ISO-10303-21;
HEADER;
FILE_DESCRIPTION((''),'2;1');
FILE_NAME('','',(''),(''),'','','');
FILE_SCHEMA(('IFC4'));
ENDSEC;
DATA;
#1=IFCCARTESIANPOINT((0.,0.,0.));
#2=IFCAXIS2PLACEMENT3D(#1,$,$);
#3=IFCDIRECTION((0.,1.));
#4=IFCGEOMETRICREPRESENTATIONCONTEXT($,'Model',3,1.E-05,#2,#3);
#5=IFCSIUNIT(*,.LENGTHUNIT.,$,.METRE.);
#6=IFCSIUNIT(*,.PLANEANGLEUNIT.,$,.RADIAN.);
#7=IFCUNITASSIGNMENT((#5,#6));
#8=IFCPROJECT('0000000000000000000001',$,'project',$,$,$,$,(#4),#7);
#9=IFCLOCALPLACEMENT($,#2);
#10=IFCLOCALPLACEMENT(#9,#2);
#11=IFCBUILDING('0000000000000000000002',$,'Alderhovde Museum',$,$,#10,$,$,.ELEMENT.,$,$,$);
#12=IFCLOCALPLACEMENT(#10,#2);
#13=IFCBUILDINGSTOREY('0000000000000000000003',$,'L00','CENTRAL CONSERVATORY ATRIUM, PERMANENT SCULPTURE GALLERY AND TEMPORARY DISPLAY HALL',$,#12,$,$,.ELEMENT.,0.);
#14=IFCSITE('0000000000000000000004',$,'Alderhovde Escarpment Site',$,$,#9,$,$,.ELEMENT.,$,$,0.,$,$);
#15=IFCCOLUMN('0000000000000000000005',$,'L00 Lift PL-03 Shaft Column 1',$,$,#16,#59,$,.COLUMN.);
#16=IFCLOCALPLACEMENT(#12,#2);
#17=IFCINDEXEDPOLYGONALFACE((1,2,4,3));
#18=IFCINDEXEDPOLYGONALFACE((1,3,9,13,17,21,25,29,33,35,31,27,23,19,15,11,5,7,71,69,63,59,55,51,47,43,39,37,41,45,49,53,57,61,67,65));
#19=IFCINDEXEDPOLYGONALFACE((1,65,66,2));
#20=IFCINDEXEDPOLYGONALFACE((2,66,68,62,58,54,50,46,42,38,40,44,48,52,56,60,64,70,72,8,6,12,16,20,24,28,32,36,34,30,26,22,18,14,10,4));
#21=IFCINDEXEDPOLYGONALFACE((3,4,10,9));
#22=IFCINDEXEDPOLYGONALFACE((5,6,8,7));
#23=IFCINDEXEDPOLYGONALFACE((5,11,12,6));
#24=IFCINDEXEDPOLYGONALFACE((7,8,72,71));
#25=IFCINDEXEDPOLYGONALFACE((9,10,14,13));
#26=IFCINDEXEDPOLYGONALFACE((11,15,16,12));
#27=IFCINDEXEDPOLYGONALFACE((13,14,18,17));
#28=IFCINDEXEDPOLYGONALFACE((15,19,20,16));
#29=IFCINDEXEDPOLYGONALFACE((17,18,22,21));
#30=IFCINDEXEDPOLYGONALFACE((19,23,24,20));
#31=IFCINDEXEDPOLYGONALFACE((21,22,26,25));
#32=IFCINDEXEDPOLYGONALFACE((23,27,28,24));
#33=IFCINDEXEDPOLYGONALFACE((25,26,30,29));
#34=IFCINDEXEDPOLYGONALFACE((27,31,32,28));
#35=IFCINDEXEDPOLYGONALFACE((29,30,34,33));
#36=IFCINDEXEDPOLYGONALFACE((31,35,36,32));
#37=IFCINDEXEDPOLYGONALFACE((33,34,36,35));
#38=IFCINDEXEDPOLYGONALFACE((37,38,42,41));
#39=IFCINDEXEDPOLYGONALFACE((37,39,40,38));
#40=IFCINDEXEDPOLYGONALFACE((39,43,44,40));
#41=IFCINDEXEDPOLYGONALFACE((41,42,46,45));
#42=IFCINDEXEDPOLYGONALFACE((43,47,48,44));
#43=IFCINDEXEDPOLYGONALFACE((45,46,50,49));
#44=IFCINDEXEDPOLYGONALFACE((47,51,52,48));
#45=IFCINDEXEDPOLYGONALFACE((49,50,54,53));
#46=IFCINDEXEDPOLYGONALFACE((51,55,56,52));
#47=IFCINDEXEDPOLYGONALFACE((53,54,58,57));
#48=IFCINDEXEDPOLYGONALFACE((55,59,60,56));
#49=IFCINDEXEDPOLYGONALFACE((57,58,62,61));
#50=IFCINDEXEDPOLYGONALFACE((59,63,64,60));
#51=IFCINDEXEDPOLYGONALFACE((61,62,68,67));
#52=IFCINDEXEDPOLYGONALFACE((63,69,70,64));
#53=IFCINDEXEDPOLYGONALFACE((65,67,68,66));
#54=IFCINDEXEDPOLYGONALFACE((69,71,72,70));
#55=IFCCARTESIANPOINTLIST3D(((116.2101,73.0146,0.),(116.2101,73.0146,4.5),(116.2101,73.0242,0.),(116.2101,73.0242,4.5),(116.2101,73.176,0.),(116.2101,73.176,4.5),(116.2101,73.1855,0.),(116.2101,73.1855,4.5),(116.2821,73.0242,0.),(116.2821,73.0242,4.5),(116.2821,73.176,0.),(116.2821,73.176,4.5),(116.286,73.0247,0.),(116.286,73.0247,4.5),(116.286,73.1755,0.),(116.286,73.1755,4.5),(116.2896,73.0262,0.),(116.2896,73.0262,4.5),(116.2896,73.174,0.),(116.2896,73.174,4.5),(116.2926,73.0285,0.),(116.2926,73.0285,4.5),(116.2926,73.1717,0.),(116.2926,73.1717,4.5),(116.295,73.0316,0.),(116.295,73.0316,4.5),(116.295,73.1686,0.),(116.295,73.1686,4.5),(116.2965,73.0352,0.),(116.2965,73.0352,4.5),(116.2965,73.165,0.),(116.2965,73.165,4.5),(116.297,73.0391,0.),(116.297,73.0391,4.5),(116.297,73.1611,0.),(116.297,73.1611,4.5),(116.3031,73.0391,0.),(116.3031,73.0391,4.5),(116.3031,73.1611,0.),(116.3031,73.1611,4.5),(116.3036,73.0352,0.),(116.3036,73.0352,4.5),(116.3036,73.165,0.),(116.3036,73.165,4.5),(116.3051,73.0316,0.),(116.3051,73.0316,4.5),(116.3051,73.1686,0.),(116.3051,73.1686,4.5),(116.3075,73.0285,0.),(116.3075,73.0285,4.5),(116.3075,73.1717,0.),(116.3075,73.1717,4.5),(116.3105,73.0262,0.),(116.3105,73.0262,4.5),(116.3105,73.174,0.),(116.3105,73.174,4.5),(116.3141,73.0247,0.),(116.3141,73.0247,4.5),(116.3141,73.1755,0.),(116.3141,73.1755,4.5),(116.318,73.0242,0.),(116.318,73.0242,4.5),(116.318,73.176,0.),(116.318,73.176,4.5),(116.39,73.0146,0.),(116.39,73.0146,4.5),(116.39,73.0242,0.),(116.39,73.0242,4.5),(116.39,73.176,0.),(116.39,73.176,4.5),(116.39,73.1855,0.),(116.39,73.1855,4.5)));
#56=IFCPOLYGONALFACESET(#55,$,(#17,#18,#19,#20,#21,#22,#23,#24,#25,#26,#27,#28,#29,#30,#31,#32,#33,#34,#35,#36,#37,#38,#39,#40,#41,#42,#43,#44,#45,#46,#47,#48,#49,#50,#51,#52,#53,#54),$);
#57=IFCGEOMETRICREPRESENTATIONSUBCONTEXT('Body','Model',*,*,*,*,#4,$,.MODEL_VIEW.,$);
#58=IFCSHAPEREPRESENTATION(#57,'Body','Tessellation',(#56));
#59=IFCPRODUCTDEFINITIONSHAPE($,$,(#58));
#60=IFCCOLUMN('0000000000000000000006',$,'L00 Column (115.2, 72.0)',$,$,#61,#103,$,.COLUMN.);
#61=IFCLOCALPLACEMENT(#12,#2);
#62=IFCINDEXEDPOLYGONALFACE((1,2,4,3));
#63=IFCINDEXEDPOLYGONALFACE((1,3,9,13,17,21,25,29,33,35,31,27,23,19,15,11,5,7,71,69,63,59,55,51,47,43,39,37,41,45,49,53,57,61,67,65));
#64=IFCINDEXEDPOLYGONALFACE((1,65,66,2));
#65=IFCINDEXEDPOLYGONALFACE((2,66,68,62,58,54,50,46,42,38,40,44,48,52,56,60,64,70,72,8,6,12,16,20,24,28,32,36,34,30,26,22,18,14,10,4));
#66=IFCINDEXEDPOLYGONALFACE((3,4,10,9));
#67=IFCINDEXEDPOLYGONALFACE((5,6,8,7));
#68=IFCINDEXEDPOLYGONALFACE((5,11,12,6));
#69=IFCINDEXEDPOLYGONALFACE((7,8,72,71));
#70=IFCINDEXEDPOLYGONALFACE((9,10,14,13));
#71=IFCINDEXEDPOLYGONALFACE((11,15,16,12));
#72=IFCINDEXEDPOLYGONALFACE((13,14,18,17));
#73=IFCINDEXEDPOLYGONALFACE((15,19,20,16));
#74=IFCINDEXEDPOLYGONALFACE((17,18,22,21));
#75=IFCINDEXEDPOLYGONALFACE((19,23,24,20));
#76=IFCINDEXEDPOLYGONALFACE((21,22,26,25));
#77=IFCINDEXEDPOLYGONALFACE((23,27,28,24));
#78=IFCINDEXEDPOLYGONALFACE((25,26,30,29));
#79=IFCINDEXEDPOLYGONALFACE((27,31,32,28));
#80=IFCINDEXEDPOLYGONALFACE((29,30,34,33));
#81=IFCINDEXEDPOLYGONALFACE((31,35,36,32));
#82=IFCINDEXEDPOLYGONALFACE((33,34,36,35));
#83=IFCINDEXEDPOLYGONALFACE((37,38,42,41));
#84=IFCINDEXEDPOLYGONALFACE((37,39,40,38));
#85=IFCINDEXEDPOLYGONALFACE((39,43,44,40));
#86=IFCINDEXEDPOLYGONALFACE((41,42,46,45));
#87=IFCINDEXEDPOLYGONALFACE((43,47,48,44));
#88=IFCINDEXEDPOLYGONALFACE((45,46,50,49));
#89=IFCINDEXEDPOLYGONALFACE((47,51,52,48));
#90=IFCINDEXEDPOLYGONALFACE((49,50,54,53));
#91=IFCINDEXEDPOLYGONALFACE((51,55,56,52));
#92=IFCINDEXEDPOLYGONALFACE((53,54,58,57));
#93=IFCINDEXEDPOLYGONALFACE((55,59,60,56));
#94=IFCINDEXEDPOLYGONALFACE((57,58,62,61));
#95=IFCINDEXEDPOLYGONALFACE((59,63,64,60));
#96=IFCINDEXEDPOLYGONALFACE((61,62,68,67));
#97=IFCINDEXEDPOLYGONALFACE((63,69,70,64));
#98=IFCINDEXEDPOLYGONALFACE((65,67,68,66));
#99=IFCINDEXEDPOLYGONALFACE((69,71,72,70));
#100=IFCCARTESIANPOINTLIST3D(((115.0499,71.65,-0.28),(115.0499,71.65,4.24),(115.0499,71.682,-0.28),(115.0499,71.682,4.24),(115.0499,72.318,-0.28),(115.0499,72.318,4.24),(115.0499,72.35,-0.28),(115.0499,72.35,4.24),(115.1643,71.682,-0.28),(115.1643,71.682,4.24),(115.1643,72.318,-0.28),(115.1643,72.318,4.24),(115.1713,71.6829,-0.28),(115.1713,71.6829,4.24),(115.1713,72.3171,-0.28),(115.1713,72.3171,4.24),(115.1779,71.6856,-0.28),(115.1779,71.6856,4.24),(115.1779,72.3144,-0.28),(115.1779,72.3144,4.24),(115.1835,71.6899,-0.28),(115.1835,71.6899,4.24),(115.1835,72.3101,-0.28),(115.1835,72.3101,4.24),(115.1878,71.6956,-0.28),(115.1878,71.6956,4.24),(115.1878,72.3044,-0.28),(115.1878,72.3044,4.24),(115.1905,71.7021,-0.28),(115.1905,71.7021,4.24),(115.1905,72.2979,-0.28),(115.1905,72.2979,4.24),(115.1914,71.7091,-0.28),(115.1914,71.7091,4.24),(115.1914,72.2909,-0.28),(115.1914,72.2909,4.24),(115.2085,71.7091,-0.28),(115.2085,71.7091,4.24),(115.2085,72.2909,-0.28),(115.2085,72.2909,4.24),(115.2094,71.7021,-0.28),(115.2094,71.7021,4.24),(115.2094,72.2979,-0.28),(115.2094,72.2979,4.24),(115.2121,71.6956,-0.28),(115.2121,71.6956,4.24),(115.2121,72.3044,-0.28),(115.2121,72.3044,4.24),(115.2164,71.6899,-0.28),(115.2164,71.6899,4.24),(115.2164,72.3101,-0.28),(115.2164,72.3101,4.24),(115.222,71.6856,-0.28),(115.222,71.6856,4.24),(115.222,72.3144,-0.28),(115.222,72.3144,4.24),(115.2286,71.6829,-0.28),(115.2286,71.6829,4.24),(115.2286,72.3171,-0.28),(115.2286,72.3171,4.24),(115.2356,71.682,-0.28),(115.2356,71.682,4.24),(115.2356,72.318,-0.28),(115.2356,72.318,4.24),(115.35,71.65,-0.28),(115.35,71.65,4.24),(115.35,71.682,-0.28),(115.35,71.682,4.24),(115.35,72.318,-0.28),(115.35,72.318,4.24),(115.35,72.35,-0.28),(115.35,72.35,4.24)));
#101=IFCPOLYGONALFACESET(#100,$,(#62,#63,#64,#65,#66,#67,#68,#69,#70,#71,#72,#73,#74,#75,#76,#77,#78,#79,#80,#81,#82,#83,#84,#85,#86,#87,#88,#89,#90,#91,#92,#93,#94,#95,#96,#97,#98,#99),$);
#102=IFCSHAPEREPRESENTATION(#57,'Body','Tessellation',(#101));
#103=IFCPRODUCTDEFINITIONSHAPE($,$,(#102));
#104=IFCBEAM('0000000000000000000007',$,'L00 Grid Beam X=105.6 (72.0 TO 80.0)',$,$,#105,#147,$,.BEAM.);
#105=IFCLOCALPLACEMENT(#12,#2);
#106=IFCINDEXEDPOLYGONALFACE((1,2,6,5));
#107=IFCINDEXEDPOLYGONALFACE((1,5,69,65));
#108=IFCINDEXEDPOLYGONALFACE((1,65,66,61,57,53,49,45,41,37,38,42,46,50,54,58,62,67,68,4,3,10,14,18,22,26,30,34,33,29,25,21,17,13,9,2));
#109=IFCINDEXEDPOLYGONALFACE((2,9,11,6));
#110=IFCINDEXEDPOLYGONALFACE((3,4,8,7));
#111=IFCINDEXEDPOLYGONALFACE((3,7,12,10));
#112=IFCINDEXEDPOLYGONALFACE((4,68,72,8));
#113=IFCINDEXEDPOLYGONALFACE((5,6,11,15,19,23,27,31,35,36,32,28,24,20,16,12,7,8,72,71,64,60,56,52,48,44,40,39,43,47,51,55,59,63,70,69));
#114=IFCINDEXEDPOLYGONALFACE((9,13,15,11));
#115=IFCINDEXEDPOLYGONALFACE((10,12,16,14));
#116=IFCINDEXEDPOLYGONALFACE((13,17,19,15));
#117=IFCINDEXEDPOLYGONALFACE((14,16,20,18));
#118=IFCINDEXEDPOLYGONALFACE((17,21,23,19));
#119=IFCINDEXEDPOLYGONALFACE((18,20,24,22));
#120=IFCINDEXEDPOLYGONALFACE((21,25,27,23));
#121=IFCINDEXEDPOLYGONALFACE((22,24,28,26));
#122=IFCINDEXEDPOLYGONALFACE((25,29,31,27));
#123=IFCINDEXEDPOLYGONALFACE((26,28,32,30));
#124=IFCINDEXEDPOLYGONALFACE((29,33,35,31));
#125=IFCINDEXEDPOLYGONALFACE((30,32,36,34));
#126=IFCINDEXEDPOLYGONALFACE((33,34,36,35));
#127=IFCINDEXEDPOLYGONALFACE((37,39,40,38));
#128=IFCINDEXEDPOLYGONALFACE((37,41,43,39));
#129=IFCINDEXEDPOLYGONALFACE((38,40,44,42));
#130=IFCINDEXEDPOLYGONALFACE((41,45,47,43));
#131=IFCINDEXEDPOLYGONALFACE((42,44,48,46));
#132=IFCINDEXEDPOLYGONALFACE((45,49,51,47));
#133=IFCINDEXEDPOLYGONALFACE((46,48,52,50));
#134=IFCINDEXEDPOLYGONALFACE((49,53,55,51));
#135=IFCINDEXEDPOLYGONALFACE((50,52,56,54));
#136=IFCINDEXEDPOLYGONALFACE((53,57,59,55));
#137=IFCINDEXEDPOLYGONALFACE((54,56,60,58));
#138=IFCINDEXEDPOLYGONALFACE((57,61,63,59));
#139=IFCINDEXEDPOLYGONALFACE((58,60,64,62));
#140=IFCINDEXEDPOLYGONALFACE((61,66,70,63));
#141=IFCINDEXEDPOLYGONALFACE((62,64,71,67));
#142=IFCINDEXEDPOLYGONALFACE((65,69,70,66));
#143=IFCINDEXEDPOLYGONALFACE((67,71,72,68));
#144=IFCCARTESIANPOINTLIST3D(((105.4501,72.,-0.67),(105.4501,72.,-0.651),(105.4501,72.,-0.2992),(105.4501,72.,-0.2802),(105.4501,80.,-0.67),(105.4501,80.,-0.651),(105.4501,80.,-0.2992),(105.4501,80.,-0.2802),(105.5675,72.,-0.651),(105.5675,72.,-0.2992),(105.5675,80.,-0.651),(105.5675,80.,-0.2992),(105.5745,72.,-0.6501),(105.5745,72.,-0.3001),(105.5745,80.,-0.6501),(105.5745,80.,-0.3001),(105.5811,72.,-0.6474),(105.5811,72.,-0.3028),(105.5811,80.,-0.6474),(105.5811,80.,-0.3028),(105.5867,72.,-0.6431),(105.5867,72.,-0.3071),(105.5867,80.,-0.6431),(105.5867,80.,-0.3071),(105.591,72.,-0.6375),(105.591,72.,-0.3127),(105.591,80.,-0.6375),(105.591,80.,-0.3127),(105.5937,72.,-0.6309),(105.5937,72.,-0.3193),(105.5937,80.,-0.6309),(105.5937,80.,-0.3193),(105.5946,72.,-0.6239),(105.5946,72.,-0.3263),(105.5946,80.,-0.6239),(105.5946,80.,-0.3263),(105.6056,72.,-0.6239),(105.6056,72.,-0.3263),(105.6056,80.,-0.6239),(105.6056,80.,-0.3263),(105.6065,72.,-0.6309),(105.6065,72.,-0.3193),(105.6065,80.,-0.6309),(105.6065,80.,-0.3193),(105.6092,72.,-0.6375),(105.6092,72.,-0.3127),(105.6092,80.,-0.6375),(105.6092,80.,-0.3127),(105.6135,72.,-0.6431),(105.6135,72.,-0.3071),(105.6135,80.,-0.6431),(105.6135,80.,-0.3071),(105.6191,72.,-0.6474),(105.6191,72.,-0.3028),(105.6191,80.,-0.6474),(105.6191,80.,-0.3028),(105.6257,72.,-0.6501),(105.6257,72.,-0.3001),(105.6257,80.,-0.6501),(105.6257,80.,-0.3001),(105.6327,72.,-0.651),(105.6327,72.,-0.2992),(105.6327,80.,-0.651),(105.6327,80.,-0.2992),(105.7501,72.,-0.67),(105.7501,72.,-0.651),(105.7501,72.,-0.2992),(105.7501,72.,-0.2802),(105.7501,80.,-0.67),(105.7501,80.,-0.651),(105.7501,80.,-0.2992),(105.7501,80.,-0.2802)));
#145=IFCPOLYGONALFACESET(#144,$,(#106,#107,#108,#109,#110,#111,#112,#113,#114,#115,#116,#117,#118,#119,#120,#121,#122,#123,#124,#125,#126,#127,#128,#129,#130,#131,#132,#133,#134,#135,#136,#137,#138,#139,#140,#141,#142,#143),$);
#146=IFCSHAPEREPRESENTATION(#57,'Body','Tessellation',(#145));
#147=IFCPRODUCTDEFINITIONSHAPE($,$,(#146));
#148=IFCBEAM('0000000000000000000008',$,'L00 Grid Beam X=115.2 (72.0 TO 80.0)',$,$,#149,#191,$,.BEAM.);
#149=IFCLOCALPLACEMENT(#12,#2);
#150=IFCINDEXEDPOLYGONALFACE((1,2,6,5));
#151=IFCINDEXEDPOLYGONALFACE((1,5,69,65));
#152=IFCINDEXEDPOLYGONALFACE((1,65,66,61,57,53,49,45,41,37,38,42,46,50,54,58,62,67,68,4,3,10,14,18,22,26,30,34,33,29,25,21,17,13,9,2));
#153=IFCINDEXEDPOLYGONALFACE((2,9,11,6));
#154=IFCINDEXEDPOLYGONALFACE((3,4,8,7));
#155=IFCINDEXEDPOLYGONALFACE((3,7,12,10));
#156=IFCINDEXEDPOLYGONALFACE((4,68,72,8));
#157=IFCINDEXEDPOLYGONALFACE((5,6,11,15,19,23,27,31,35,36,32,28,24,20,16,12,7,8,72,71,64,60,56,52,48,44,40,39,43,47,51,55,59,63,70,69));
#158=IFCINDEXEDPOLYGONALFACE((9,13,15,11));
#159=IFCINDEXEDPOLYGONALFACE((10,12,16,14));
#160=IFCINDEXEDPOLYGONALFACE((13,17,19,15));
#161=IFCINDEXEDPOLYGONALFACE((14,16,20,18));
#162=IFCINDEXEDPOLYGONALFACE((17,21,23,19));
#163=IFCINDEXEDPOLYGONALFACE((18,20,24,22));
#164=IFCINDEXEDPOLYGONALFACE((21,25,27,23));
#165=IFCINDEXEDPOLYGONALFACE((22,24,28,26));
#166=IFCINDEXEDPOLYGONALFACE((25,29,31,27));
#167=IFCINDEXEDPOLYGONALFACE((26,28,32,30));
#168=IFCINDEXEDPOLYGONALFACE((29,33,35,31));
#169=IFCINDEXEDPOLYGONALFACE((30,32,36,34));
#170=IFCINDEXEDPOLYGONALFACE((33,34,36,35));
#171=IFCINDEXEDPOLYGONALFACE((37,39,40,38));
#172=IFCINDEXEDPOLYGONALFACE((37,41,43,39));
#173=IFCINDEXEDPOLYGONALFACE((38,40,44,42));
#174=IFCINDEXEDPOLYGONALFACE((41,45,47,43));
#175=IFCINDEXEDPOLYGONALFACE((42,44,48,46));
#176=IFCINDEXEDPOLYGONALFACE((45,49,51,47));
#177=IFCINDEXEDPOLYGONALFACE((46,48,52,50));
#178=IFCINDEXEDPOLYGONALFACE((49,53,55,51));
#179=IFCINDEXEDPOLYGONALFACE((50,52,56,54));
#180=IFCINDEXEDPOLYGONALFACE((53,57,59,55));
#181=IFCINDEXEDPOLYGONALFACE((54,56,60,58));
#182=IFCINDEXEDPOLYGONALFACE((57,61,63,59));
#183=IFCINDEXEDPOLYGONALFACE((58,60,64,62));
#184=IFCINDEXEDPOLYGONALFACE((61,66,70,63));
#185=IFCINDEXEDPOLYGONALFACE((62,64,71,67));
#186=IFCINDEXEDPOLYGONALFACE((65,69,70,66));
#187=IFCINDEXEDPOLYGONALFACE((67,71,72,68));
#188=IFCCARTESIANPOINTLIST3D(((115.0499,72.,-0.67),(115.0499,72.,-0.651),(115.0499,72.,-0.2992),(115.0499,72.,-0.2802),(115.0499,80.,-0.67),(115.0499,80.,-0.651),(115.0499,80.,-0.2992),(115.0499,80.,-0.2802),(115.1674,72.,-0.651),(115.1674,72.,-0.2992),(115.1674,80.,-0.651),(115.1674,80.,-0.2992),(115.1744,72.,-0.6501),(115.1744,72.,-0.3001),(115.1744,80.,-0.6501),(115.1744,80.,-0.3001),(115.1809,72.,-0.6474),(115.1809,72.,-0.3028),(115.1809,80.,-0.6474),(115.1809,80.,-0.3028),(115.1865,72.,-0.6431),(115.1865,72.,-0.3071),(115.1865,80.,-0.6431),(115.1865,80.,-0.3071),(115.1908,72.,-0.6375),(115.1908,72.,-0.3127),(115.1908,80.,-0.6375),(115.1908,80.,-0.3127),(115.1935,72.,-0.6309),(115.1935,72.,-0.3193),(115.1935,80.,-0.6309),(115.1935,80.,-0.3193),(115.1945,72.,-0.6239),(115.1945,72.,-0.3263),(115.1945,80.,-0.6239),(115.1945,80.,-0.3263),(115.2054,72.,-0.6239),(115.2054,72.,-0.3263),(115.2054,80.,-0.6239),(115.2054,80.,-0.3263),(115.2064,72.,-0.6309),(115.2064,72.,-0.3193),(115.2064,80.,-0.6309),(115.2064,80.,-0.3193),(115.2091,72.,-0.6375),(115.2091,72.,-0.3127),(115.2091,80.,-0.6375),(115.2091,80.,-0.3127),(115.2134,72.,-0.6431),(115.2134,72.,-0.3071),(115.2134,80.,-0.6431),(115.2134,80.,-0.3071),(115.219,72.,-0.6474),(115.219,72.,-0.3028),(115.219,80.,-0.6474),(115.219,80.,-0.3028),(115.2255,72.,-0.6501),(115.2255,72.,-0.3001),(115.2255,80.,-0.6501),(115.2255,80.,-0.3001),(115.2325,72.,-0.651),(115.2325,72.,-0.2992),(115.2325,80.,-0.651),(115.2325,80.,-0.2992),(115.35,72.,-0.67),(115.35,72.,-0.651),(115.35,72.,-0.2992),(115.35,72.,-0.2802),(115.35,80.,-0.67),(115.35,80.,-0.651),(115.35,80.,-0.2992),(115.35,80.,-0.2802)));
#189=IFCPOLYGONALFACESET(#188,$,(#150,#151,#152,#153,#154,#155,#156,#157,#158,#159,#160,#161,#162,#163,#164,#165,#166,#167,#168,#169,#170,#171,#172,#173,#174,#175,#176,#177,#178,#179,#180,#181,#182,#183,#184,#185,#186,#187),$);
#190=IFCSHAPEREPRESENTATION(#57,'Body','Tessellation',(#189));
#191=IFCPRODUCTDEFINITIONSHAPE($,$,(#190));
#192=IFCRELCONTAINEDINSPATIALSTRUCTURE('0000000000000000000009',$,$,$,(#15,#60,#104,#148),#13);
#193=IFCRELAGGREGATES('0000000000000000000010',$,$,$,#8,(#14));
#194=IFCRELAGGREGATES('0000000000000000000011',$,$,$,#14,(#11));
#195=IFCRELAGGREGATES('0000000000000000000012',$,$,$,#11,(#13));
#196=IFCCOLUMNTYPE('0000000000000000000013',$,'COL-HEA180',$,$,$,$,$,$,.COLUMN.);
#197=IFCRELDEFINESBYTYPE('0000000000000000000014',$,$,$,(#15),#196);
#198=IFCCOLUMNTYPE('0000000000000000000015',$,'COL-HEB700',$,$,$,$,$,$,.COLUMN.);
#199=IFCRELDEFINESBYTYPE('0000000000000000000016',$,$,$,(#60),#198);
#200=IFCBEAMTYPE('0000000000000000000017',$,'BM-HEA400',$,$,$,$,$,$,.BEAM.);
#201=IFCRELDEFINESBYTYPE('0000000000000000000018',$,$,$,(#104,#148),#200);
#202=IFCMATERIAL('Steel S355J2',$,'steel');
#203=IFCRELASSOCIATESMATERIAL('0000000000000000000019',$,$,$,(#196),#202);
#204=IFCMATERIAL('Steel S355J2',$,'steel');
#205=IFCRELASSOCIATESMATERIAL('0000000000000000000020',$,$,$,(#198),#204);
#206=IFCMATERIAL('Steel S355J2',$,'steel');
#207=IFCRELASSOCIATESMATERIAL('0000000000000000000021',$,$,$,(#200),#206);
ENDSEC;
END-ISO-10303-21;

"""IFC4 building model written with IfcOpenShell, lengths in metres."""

from ifc_helpers import new_model, si_unit, direction, frame, origin, origin_2d, place, context, subcontext, project, spatial, i_section, extrude, material, material_profile, profile_set, type_object, element, save


model = new_model("IFC4")

# Units and contexts
model_context = context("Model", 3, precision=1e-05, world=origin(), true_north=direction((0.0, 1.0)))
body_context = subcontext(model_context, "Body", "Model", "MODEL_VIEW")
ifc_project = project(units=[si_unit("LENGTHUNIT", "METRE"), si_unit("PLANEANGLEUNIT", "RADIAN")], contexts=[model_context])

# Site, building, storey
site_placement = place(None, origin())
site = spatial("IfcSite", under=ifc_project, at=site_placement, Name="Alderhovde Escarpment Site", CompositionType="ELEMENT", RefElevation=0.0)
building_placement = place(site_placement, origin())
building = spatial("IfcBuilding", under=site, at=building_placement, Name="Alderhovde Museum", CompositionType="ELEMENT")
storey_placement = place(building_placement, origin())
storey = spatial("IfcBuildingStorey", under=building, at=storey_placement, Name="L00", Description="CENTRAL CONSERVATORY ATRIUM, PERMANENT SCULPTURE GALLERY AND TEMPORARY DISPLAY HALL", CompositionType="ELEMENT", Elevation=0.0)

# Columns
ifc_material_1 = material(Name="Steel S355J2", Category="steel")
ifc_material_profile_1 = material_profile(ifc_material_1, i_section(OverallWidth=0.1799, OverallDepth=0.1709, WebThickness=0.0061, FlangeThickness=0.0095, FilletRadius=0.0149, at=origin_2d()), Name="HEA 180")
ifc_profile_set_1 = profile_set([ifc_material_profile_1], Name="Steel S355J2")
column_type_1 = type_object("IfcColumnType", Name="COL-HEA180", PredefinedType="COLUMN", material=ifc_profile_set_1)
column_1_placement = place(storey_placement, frame((116.3, 73.1001, 0.0), z_axis=(0.0, 0.0, 1.0), x_axis=(1.0, 0.0, 0.0)))
element("IfcColumn", 1, at=column_1_placement, inside=storey, type_object=column_type_1, Name="L00 Lift PL-03 Shaft Column 1", PredefinedType="COLUMN", context=body_context, shape_type="SweptSolid", body=[
    extrude(i_section(OverallWidth=0.1799, OverallDepth=0.1709, WebThickness=0.0061, FlangeThickness=0.0095, FilletRadius=0.0149, at=origin_2d()), origin(), (0.0, 0.0, 1.0), 4.5),
])
ifc_material_2 = material(Name="Steel S355J2", Category="steel")
ifc_material_profile_2 = material_profile(ifc_material_2, i_section(OverallWidth=0.3, OverallDepth=0.7, WebThickness=0.0171, FlangeThickness=0.032, FilletRadius=0.0271, at=origin_2d()), Name="HEB 700")
ifc_profile_set_2 = profile_set([ifc_material_profile_2], Name="Steel S355J2")
column_type_2 = type_object("IfcColumnType", Name="COL-HEB700", PredefinedType="COLUMN", material=ifc_profile_set_2)
column_2_placement = place(storey_placement, frame((115.2, 72.0, -0.28), z_axis=(0.0, 0.0, 1.0), x_axis=(1.0, 0.0, 0.0)))
element("IfcColumn", 2, at=column_2_placement, inside=storey, type_object=column_type_2, Name="L00 Column (115.2, 72.0)", PredefinedType="COLUMN", context=body_context, shape_type="SweptSolid", body=[
    extrude(i_section(OverallWidth=0.3, OverallDepth=0.7, WebThickness=0.0171, FlangeThickness=0.032, FilletRadius=0.0271, at=origin_2d()), origin(), (0.0, 0.0, 1.0), 4.52),
])

# Beams
ifc_material_3 = material(Name="Steel S355J2", Category="steel")
ifc_material_profile_3 = material_profile(ifc_material_3, i_section(OverallWidth=0.3, OverallDepth=0.3899, WebThickness=0.011, FlangeThickness=0.019, FilletRadius=0.0271, at=origin_2d()), Name="HEA 400")
ifc_profile_set_3 = profile_set([ifc_material_profile_3], Name="Steel S355J2")
beam_type_1 = type_object("IfcBeamType", Name="BM-HEA400", PredefinedType="BEAM", material=ifc_profile_set_3)
for number, where, z_axis, x_axis, name in (
    (3, (105.6001, 72.0, -0.4751), (0.0, 1.0, 0.0), (-1.0, 0.0, 0.0), "L00 Grid Beam X=105.6 (72.0 TO 80.0)"),
    (4, (115.2, 72.0, -0.4751), (0.0, 1.0, 0.0), (-1.0, 0.0, 0.0), "L00 Grid Beam X=115.2 (72.0 TO 80.0)"),
):
    element("IfcBeam", number, at=place(storey_placement, frame(where, z_axis=z_axis, x_axis=x_axis)), inside=storey, type_object=beam_type_1, Name=name, PredefinedType="BEAM", context=body_context, shape_type="SweptSolid", body=[
        extrude(i_section(OverallWidth=0.3, OverallDepth=0.3899, WebThickness=0.011, FlangeThickness=0.019, FilletRadius=0.0271, at=origin_2d()), origin(), (0.0, 0.0, 1.0), 8.0),
    ])

save(model, "model.ifc")
